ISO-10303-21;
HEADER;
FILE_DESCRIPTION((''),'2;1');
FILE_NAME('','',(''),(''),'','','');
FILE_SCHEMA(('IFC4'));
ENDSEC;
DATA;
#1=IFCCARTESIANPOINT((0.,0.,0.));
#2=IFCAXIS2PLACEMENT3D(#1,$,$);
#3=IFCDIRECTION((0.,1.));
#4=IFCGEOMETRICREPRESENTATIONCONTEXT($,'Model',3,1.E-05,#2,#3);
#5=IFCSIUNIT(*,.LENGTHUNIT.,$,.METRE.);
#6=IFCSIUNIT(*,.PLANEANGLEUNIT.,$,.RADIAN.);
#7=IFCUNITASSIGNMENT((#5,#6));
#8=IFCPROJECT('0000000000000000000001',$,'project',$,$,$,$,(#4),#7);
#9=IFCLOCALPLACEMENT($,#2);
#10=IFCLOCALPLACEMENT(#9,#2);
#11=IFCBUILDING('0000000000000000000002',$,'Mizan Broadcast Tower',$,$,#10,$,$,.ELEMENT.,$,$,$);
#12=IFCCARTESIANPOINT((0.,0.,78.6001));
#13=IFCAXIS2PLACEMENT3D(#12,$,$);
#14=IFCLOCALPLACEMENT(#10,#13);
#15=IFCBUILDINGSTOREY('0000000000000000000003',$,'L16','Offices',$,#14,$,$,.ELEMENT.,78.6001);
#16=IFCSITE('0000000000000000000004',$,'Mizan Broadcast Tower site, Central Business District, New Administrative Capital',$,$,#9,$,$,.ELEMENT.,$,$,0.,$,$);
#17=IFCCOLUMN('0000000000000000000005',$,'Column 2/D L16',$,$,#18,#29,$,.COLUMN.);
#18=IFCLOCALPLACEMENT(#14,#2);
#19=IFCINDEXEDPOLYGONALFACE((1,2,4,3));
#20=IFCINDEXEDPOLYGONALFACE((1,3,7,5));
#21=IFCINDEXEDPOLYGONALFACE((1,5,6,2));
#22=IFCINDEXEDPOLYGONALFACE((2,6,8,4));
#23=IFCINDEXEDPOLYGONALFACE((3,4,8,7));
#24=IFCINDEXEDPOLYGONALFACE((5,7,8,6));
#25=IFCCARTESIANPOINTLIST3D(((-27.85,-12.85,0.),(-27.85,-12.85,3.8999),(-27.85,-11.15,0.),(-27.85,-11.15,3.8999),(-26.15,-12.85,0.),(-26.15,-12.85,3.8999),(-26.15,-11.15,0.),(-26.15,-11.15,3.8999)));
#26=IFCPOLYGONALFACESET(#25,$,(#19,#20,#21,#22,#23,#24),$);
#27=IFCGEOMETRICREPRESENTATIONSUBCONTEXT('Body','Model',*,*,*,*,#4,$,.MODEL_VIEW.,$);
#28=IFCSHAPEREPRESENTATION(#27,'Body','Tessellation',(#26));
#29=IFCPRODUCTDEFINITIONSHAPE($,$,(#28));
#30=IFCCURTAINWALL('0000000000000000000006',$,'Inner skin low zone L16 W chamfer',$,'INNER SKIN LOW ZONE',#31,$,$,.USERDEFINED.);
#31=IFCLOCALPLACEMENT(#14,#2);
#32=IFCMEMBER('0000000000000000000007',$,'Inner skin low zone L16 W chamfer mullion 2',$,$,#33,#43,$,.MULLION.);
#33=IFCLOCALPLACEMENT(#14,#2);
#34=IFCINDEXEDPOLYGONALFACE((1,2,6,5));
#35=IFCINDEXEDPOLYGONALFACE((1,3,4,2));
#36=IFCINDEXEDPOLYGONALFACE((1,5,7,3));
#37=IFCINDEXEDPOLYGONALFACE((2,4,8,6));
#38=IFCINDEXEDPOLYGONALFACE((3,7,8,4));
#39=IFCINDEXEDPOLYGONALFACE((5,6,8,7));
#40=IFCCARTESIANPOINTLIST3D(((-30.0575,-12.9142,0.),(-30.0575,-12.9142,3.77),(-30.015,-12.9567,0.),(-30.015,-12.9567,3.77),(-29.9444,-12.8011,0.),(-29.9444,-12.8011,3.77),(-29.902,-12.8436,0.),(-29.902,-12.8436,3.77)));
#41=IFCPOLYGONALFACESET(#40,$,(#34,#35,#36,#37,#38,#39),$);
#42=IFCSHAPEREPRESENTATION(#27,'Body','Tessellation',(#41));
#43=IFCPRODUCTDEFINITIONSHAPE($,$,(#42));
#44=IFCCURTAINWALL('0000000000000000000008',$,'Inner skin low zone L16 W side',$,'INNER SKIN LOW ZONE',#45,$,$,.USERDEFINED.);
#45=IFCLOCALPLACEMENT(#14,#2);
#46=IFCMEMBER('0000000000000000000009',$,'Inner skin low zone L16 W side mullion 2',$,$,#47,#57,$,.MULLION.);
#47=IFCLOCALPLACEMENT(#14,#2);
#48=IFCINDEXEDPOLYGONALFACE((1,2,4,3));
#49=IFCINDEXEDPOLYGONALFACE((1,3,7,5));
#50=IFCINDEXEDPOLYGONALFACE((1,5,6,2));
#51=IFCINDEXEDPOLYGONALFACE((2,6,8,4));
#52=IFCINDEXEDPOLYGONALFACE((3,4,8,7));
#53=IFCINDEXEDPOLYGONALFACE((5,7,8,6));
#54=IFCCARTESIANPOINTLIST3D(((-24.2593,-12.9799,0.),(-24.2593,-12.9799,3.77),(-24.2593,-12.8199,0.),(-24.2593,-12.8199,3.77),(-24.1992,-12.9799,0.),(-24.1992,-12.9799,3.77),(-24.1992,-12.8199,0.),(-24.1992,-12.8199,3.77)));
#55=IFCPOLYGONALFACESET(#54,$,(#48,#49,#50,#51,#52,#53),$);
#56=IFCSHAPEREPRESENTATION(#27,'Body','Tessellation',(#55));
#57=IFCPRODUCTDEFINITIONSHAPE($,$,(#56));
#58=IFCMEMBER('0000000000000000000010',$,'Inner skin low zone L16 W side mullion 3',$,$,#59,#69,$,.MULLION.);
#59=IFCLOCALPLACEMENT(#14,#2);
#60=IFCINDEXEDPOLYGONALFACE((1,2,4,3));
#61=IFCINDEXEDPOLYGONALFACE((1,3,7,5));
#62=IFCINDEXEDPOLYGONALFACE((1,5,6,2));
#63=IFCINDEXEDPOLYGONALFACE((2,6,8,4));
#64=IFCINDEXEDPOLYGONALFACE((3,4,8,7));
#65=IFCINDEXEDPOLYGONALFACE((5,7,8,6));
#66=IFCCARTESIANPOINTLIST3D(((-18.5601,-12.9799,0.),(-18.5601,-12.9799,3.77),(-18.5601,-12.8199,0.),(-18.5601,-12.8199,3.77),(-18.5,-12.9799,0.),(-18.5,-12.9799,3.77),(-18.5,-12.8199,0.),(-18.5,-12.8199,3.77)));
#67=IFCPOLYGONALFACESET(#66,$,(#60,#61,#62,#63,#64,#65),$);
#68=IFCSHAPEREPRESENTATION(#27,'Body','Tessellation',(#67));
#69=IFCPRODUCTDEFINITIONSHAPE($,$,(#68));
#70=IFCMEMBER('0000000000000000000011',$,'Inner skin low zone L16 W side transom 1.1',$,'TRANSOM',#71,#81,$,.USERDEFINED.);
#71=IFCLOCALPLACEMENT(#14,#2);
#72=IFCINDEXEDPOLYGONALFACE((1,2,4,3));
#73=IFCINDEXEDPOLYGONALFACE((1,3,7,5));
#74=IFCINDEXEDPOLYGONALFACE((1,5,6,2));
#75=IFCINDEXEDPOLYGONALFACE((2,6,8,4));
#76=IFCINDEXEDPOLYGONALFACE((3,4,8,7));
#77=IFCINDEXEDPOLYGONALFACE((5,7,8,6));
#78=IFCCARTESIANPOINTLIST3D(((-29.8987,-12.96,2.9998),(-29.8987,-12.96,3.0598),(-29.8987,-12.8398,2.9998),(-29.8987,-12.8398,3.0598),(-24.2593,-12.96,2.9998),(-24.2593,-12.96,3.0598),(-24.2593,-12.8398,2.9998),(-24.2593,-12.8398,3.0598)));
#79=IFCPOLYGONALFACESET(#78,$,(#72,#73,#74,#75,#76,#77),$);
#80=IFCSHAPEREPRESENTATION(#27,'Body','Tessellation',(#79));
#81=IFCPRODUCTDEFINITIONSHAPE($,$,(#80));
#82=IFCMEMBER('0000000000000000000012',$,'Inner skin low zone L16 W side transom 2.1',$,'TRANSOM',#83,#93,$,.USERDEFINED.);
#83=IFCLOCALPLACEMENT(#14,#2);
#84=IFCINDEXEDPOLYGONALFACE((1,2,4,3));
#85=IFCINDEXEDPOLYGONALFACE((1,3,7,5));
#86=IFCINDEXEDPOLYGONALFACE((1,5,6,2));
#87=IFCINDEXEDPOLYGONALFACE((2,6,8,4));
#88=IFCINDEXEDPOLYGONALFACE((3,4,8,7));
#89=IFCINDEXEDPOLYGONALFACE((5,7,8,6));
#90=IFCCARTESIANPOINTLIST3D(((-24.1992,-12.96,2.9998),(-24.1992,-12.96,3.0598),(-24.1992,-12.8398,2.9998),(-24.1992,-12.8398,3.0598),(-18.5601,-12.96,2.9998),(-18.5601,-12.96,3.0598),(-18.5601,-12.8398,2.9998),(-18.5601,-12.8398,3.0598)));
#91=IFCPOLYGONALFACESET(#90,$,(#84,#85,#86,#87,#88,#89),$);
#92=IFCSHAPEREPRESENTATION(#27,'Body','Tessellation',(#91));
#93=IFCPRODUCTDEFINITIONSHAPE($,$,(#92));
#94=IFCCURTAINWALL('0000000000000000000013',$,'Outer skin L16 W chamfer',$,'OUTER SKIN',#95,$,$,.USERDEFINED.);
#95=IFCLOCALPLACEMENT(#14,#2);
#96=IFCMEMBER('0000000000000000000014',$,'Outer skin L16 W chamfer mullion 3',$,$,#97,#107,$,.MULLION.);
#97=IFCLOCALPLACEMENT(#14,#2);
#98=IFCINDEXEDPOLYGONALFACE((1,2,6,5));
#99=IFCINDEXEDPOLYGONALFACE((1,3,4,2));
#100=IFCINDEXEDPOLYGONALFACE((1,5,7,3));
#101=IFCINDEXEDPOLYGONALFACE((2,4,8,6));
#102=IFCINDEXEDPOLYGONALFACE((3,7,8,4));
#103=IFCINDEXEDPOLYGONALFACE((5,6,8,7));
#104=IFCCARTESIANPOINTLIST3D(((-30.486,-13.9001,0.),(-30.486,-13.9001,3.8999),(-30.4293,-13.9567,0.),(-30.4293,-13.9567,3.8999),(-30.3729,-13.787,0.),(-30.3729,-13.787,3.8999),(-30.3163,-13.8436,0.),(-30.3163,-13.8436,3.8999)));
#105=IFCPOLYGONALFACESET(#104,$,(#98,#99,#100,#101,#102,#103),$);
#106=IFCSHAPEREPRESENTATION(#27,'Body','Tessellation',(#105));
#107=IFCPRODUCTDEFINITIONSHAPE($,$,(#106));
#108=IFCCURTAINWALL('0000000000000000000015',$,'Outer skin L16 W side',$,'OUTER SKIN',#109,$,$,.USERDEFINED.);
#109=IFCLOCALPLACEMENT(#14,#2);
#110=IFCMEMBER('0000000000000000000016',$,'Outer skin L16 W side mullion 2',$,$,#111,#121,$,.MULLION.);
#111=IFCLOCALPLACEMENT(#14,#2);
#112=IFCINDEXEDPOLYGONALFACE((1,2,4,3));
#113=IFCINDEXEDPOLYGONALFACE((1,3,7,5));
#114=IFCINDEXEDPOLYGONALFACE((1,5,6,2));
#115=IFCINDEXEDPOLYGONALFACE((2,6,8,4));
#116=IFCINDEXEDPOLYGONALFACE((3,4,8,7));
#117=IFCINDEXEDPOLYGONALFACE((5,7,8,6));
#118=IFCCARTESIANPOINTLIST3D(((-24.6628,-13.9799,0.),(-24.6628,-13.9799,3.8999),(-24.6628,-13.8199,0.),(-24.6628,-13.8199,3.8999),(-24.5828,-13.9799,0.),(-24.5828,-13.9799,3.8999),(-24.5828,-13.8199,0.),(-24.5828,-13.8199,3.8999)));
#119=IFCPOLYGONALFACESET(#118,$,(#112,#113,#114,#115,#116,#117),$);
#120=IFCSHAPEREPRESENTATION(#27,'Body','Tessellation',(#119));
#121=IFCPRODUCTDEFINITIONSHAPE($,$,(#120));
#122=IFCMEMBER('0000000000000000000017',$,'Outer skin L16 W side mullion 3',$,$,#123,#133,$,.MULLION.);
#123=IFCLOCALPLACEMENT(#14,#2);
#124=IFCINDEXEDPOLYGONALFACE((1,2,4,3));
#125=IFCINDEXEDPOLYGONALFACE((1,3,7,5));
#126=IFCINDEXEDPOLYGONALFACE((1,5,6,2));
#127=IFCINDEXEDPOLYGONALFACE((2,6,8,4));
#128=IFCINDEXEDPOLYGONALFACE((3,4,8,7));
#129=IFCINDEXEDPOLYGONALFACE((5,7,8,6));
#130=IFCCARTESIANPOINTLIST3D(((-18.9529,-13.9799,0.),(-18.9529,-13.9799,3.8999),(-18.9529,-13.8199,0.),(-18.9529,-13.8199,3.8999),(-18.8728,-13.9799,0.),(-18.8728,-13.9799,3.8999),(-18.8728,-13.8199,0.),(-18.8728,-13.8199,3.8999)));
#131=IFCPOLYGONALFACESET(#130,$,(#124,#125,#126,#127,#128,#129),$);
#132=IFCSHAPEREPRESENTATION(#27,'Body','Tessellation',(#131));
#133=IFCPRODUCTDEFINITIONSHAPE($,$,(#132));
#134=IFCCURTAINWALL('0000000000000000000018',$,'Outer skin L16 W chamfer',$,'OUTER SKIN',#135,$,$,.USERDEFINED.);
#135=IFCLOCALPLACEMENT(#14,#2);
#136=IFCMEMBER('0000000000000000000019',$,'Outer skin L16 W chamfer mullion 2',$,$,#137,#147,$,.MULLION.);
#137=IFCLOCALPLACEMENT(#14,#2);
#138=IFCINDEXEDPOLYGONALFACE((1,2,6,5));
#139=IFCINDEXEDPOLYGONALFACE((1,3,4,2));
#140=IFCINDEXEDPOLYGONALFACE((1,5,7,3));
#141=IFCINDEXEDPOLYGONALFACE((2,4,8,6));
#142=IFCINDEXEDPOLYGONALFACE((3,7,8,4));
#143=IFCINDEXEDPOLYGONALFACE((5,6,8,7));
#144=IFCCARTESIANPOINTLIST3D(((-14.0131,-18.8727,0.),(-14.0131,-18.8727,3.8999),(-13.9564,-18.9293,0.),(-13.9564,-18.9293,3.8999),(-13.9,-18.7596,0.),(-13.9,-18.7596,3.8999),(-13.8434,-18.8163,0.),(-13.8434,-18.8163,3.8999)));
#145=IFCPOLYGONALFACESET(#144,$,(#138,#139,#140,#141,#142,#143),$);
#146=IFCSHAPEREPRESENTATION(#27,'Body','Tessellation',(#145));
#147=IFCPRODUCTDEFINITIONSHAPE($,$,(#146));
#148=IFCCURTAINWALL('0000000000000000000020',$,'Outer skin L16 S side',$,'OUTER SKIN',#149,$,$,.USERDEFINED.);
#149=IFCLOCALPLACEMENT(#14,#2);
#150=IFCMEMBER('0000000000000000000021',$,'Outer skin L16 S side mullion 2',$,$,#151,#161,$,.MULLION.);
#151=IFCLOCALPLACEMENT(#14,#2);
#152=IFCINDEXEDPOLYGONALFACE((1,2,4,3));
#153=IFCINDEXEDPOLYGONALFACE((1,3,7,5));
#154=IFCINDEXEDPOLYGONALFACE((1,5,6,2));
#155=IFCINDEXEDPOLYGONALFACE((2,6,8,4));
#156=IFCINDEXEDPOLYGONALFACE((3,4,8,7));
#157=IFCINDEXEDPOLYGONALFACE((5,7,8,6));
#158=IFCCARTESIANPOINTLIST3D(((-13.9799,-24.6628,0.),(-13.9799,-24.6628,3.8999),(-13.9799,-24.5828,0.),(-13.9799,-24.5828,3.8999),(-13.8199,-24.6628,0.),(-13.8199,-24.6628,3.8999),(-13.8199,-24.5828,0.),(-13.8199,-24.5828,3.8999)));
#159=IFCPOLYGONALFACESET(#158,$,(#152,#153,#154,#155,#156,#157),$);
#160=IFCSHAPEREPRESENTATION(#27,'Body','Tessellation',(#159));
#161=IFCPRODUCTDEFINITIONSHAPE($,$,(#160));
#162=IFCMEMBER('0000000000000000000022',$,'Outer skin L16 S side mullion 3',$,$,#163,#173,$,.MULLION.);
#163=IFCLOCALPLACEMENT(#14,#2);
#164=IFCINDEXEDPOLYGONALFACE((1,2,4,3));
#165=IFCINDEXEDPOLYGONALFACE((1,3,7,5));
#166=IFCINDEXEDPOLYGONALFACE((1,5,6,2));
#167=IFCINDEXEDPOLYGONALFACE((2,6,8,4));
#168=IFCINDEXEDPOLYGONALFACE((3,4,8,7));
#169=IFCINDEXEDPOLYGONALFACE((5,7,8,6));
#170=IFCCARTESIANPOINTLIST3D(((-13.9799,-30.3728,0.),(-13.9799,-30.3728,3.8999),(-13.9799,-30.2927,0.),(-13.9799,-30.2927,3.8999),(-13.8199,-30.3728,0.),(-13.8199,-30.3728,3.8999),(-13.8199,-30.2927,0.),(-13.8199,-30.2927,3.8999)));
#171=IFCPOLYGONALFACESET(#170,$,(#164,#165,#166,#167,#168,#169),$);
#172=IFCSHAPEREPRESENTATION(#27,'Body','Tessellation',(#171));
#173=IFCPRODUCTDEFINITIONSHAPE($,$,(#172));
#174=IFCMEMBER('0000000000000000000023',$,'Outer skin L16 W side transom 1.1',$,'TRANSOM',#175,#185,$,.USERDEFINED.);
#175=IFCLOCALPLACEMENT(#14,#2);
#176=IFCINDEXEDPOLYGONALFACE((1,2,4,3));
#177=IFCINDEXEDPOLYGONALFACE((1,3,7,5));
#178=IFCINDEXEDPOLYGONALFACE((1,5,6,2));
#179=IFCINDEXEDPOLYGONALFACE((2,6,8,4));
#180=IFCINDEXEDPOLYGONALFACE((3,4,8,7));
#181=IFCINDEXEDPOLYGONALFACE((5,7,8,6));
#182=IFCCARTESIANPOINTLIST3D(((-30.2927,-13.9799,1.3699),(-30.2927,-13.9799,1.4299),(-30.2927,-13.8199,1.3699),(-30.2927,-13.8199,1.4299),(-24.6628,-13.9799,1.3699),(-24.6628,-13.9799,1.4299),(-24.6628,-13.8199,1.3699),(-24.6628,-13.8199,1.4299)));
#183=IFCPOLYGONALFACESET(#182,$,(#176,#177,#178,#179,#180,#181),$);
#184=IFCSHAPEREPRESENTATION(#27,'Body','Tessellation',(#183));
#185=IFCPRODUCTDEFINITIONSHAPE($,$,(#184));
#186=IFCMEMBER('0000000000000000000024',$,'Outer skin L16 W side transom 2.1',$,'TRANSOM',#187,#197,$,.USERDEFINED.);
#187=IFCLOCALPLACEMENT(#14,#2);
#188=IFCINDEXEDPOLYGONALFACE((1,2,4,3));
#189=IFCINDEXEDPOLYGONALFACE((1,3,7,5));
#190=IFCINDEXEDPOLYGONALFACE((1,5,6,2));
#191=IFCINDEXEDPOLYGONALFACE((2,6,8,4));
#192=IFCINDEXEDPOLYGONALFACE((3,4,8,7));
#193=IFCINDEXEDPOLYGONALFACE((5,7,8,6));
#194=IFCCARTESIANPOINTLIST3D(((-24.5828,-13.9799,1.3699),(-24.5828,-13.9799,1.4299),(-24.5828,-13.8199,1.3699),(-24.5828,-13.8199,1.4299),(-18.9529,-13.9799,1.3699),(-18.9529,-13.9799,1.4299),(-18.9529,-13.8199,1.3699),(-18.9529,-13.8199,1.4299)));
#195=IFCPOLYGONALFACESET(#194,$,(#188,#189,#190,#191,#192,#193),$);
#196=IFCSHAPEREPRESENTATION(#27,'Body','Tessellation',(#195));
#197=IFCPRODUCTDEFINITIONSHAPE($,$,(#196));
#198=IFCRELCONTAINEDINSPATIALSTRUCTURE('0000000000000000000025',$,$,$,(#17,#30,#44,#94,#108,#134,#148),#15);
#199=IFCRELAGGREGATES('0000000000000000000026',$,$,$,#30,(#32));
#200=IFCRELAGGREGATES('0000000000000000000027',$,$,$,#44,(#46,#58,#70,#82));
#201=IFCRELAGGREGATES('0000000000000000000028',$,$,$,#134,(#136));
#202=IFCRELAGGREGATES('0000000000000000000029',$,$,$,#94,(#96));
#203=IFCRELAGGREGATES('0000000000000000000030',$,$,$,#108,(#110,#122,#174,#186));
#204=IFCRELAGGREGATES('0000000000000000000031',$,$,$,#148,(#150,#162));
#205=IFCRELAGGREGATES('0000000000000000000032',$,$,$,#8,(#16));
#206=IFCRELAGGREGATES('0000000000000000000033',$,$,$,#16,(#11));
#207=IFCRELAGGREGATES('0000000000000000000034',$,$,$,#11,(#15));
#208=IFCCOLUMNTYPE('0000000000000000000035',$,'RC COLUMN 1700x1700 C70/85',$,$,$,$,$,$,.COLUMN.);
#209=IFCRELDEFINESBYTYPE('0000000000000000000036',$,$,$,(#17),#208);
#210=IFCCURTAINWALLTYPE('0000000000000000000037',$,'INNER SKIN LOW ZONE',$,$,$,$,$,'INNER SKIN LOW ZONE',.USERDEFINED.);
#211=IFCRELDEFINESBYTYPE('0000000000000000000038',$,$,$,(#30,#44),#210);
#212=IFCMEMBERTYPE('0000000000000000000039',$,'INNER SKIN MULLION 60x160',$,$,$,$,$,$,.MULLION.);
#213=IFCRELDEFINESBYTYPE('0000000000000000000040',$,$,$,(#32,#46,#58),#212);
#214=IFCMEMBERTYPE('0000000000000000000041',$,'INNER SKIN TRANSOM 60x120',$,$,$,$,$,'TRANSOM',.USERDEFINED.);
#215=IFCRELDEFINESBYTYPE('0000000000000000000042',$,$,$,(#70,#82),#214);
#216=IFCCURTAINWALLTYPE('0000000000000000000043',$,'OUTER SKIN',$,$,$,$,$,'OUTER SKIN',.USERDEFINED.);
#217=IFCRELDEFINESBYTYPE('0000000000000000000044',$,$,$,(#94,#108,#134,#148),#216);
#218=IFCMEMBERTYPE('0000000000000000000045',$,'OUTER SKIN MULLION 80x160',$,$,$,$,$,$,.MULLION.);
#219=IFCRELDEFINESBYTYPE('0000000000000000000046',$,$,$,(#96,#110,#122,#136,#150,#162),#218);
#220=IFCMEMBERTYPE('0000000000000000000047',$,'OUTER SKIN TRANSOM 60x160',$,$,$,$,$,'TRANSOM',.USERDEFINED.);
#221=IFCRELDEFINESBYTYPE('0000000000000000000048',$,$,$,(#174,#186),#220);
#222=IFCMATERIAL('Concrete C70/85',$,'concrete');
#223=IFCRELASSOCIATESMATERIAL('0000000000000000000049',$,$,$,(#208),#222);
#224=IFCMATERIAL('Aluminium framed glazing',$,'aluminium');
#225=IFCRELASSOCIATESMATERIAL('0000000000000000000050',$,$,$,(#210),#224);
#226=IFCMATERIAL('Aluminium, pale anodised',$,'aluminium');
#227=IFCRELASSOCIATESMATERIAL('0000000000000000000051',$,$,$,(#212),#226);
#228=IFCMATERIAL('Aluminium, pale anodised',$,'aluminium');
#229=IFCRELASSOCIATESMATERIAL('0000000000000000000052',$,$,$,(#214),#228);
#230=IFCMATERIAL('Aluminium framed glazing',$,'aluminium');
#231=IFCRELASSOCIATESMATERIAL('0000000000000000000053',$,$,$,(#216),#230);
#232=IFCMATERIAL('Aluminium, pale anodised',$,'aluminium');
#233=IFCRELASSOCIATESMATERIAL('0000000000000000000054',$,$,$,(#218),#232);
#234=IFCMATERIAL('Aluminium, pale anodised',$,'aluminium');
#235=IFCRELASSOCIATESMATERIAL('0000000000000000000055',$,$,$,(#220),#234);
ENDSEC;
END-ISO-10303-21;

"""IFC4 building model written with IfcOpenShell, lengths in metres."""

from ifc_helpers import new_model, si_unit, direction, frame, origin, origin_2d, place, context, subcontext, project, spatial, rectangle, extrude, material, material_profile, profile_set, type_object, element, aggregate, save


model = new_model("IFC4")

# Units and contexts
model_context = context("Model", 3, precision=1e-05, world=origin(), true_north=direction((0.0, 1.0)))
body_context = subcontext(model_context, "Body", "Model", "MODEL_VIEW")
ifc_project = project(units=[si_unit("LENGTHUNIT", "METRE"), si_unit("PLANEANGLEUNIT", "RADIAN")], contexts=[model_context])

# Site, building, storey
site_placement = place(None, origin())
site = spatial("IfcSite", under=ifc_project, at=site_placement, Name="Mizan Broadcast Tower site, Central Business District, New Administrative Capital", CompositionType="ELEMENT", RefElevation=0.0)
building_placement = place(site_placement, origin())
building = spatial("IfcBuilding", under=site, at=building_placement, Name="Mizan Broadcast Tower", CompositionType="ELEMENT")
storey_placement = place(building_placement, frame((0.0, 0.0, 78.6001)))
storey = spatial("IfcBuildingStorey", under=building, at=storey_placement, Name="L16", Description="Offices", CompositionType="ELEMENT", Elevation=78.6001)

# Column
ifc_material_1 = material(Name="Concrete C70/85", Category="concrete")
ifc_material_profile_1 = material_profile(ifc_material_1, rectangle(XDim=1.7, YDim=1.7, at=origin_2d()), Name="RC 1700x1700")
ifc_profile_set_1 = profile_set([ifc_material_profile_1], Name="Concrete C70/85")
column_type = type_object("IfcColumnType", Name="RC COLUMN 1700x1700 C70/85", PredefinedType="COLUMN", material=ifc_profile_set_1)
column_placement = place(storey_placement, frame((-27.0, -12.0, 0.0), z_axis=(0.0, 0.0, 1.0), x_axis=(1.0, 0.0, 0.0)))
element("IfcColumn", 1, at=column_placement, inside=storey, type_object=column_type, Name="Column 2/D L16", PredefinedType="COLUMN", context=body_context, shape_type="SweptSolid", body=[
    extrude(rectangle(XDim=1.7, YDim=1.7, at=origin_2d()), origin(), (0.0, 0.0, 1.0), 3.8999),
])

# Curtain wall, member
ifc_material_2 = material(Name="Aluminium framed glazing", Category="aluminium")
curtain_wall_type_1 = type_object("IfcCurtainWallType", Name="INNER SKIN LOW ZONE", ElementType="INNER SKIN LOW ZONE", PredefinedType="USERDEFINED", material=ifc_material_2)
curtain_wall_1_placement = place(storey_placement, origin())
curtain_wall_1 = element("IfcCurtainWall", 2, at=curtain_wall_1_placement, inside=storey, type_object=curtain_wall_type_1, Name="Inner skin low zone L16 W chamfer", ObjectType="INNER SKIN LOW ZONE", PredefinedType="USERDEFINED")
ifc_material_3 = material(Name="Aluminium, pale anodised", Category="aluminium")
ifc_material_profile_2 = material_profile(ifc_material_3, rectangle(XDim=0.1599, YDim=0.0601, at=origin_2d()), Name="MULLION 160x60")
ifc_profile_set_2 = profile_set([ifc_material_profile_2], Name="Aluminium, pale anodised")
member_type_1 = type_object("IfcMemberType", Name="INNER SKIN MULLION 60x160", PredefinedType="MULLION", material=ifc_profile_set_2)
member_1_placement = place(storey_placement, frame((-29.9797, -12.8789, 0.0), z_axis=(0.0, 0.0, 1.0), x_axis=(0.707107, 0.707107, 0.0)))
member_1 = element("IfcMember", 3, at=member_1_placement, type_object=member_type_1, Name="Inner skin low zone L16 W chamfer mullion 2", PredefinedType="MULLION", context=body_context, shape_type="SweptSolid", body=[
    extrude(rectangle(XDim=0.1599, YDim=0.0601, at=origin_2d()), origin(), (0.0, 0.0, 1.0), 3.77),
])
aggregate(curtain_wall_1, [member_1])

# Curtain wall, members
curtain_wall_2_placement = place(storey_placement, origin())
curtain_wall_2 = element("IfcCurtainWall", 4, at=curtain_wall_2_placement, inside=storey, type_object=curtain_wall_type_1, Name="Inner skin low zone L16 W side", ObjectType="INNER SKIN LOW ZONE", PredefinedType="USERDEFINED")
member_2_placement = place(storey_placement, frame((-24.2292, -12.8999, 0.0), z_axis=(0.0, 0.0, 1.0), x_axis=(0.0, 1.0, 0.0)))
member_2 = element("IfcMember", 5, at=member_2_placement, type_object=member_type_1, Name="Inner skin low zone L16 W side mullion 2", PredefinedType="MULLION", context=body_context, shape_type="SweptSolid", body=[
    extrude(rectangle(XDim=0.1599, YDim=0.0601, at=origin_2d()), origin(), (0.0, 0.0, 1.0), 3.77),
])
member_3_placement = place(storey_placement, frame((-18.53, -12.8999, 0.0), z_axis=(0.0, 0.0, 1.0), x_axis=(0.0, 1.0, 0.0)))
member_3 = element("IfcMember", 6, at=member_3_placement, type_object=member_type_1, Name="Inner skin low zone L16 W side mullion 3", PredefinedType="MULLION", context=body_context, shape_type="SweptSolid", body=[
    extrude(rectangle(XDim=0.1599, YDim=0.0601, at=origin_2d()), origin(), (0.0, 0.0, 1.0), 3.77),
])
ifc_material_4 = material(Name="Aluminium, pale anodised", Category="aluminium")
ifc_material_profile_3 = material_profile(ifc_material_4, rectangle(XDim=0.1201, YDim=0.0601, at=origin_2d()), Name="TRANSOM 120x60")
ifc_profile_set_3 = profile_set([ifc_material_profile_3], Name="Aluminium, pale anodised")
member_type_2 = type_object("IfcMemberType", Name="INNER SKIN TRANSOM 60x120", ElementType="TRANSOM", PredefinedType="USERDEFINED", material=ifc_profile_set_3)
member_4_placement = place(storey_placement, frame((-29.8987, -12.8999, 3.0298), z_axis=(1.0, 0.0, 0.0), x_axis=(0.0, 1.0, 0.0)))
member_4 = element("IfcMember", 7, at=member_4_placement, type_object=member_type_2, Name="Inner skin low zone L16 W side transom 1.1", ObjectType="TRANSOM", PredefinedType="USERDEFINED", context=body_context, shape_type="SweptSolid", body=[
    extrude(rectangle(XDim=0.1201, YDim=0.0601, at=origin_2d()), origin(), (0.0, 0.0, 1.0), 5.6394),
])
member_5_placement = place(storey_placement, frame((-24.1992, -12.8999, 3.0298), z_axis=(1.0, 0.0, 0.0), x_axis=(0.0, 1.0, 0.0)))
member_5 = element("IfcMember", 8, at=member_5_placement, type_object=member_type_2, Name="Inner skin low zone L16 W side transom 2.1", ObjectType="TRANSOM", PredefinedType="USERDEFINED", context=body_context, shape_type="SweptSolid", body=[
    extrude(rectangle(XDim=0.1201, YDim=0.0601, at=origin_2d()), origin(), (0.0, 0.0, 1.0), 5.6392),
])

# Curtain wall, member
ifc_material_5 = material(Name="Aluminium framed glazing", Category="aluminium")
curtain_wall_type_2 = type_object("IfcCurtainWallType", Name="OUTER SKIN", ElementType="OUTER SKIN", PredefinedType="USERDEFINED", material=ifc_material_5)
curtain_wall_3_placement = place(storey_placement, origin())
curtain_wall_3 = element("IfcCurtainWall", 9, at=curtain_wall_3_placement, inside=storey, type_object=curtain_wall_type_2, Name="Outer skin L16 W chamfer", ObjectType="OUTER SKIN", PredefinedType="USERDEFINED")
ifc_material_6 = material(Name="Aluminium, pale anodised", Category="aluminium")
ifc_material_profile_4 = material_profile(ifc_material_6, rectangle(XDim=0.1599, YDim=0.0801, at=origin_2d()), Name="MULLION 160x80")
ifc_profile_set_4 = profile_set([ifc_material_profile_4], Name="Aluminium, pale anodised")
member_type_3 = type_object("IfcMemberType", Name="OUTER SKIN MULLION 80x160", PredefinedType="MULLION", material=ifc_profile_set_4)
member_6_placement = place(storey_placement, frame((-30.4011, -13.8718, 0.0), z_axis=(0.0, 0.0, 1.0), x_axis=(0.707107, 0.707107, 0.0)))
member_6 = element("IfcMember", 10, at=member_6_placement, type_object=member_type_3, Name="Outer skin L16 W chamfer mullion 3", PredefinedType="MULLION", context=body_context, shape_type="SweptSolid", body=[
    extrude(rectangle(XDim=0.1599, YDim=0.0801, at=origin_2d()), origin(), (0.0, 0.0, 1.0), 3.8999),
])

# Curtain wall, members
curtain_wall_4_placement = place(storey_placement, origin())
curtain_wall_4 = element("IfcCurtainWall", 11, at=curtain_wall_4_placement, inside=storey, type_object=curtain_wall_type_2, Name="Outer skin L16 W side", ObjectType="OUTER SKIN", PredefinedType="USERDEFINED")
member_7_placement = place(storey_placement, frame((-24.6228, -13.8999, 0.0), z_axis=(0.0, 0.0, 1.0), x_axis=(0.0, 1.0, 0.0)))
member_7 = element("IfcMember", 12, at=member_7_placement, type_object=member_type_3, Name="Outer skin L16 W side mullion 2", PredefinedType="MULLION", context=body_context, shape_type="SweptSolid", body=[
    extrude(rectangle(XDim=0.1599, YDim=0.0801, at=origin_2d()), origin(), (0.0, 0.0, 1.0), 3.8999),
])
member_8_placement = place(storey_placement, frame((-18.9128, -13.8999, 0.0), z_axis=(0.0, 0.0, 1.0), x_axis=(0.0, 1.0, 0.0)))
member_8 = element("IfcMember", 13, at=member_8_placement, type_object=member_type_3, Name="Outer skin L16 W side mullion 3", PredefinedType="MULLION", context=body_context, shape_type="SweptSolid", body=[
    extrude(rectangle(XDim=0.1599, YDim=0.0801, at=origin_2d()), origin(), (0.0, 0.0, 1.0), 3.8999),
])

# Curtain wall, member
curtain_wall_5_placement = place(storey_placement, origin())
curtain_wall_5 = element("IfcCurtainWall", 14, at=curtain_wall_5_placement, inside=storey, type_object=curtain_wall_type_2, Name="Outer skin L16 W chamfer", ObjectType="OUTER SKIN", PredefinedType="USERDEFINED")
member_9_placement = place(storey_placement, frame((-13.9282, -18.8445, 0.0), z_axis=(0.0, 0.0, 1.0), x_axis=(0.707107, 0.707107, 0.0)))
member_9 = element("IfcMember", 15, at=member_9_placement, type_object=member_type_3, Name="Outer skin L16 W chamfer mullion 2", PredefinedType="MULLION", context=body_context, shape_type="SweptSolid", body=[
    extrude(rectangle(XDim=0.1599, YDim=0.0801, at=origin_2d()), origin(), (0.0, 0.0, 1.0), 3.8999),
])

# Curtain wall, members
curtain_wall_6_placement = place(storey_placement, origin())
curtain_wall_6 = element("IfcCurtainWall", 16, at=curtain_wall_6_placement, inside=storey, type_object=curtain_wall_type_2, Name="Outer skin L16 S side", ObjectType="OUTER SKIN", PredefinedType="USERDEFINED")
member_10_placement = place(storey_placement, frame((-13.8999, -24.6228, 0.0), z_axis=(0.0, 0.0, 1.0), x_axis=(1.0, 0.0, 0.0)))
member_10 = element("IfcMember", 17, at=member_10_placement, type_object=member_type_3, Name="Outer skin L16 S side mullion 2", PredefinedType="MULLION", context=body_context, shape_type="SweptSolid", body=[
    extrude(rectangle(XDim=0.1599, YDim=0.0801, at=origin_2d()), origin(), (0.0, 0.0, 1.0), 3.8999),
])
member_11_placement = place(storey_placement, frame((-13.8999, -30.3328, 0.0), z_axis=(0.0, 0.0, 1.0), x_axis=(1.0, 0.0, 0.0)))
member_11 = element("IfcMember", 18, at=member_11_placement, type_object=member_type_3, Name="Outer skin L16 S side mullion 3", PredefinedType="MULLION", context=body_context, shape_type="SweptSolid", body=[
    extrude(rectangle(XDim=0.1599, YDim=0.0801, at=origin_2d()), origin(), (0.0, 0.0, 1.0), 3.8999),
])

# Members
ifc_material_7 = material(Name="Aluminium, pale anodised", Category="aluminium")
ifc_material_profile_5 = material_profile(ifc_material_7, rectangle(XDim=0.1599, YDim=0.0601, at=origin_2d()), Name="TRANSOM 160x60")
ifc_profile_set_5 = profile_set([ifc_material_profile_5], Name="Aluminium, pale anodised")
member_type_4 = type_object("IfcMemberType", Name="OUTER SKIN TRANSOM 60x160", ElementType="TRANSOM", PredefinedType="USERDEFINED", material=ifc_profile_set_5)
member_12_placement = place(storey_placement, frame((-30.2927, -13.8999, 1.3999), z_axis=(1.0, 0.0, 0.0), x_axis=(0.0, 1.0, 0.0)))
member_12 = element("IfcMember", 19, at=member_12_placement, type_object=member_type_4, Name="Outer skin L16 W side transom 1.1", ObjectType="TRANSOM", PredefinedType="USERDEFINED", context=body_context, shape_type="SweptSolid", body=[
    extrude(rectangle(XDim=0.1599, YDim=0.0601, at=origin_2d()), origin(), (0.0, 0.0, 1.0), 5.6299),
])
member_13_placement = place(storey_placement, frame((-24.5828, -13.8999, 1.3999), z_axis=(1.0, 0.0, 0.0), x_axis=(0.0, 1.0, 0.0)))
member_13 = element("IfcMember", 20, at=member_13_placement, type_object=member_type_4, Name="Outer skin L16 W side transom 2.1", ObjectType="TRANSOM", PredefinedType="USERDEFINED", context=body_context, shape_type="SweptSolid", body=[
    extrude(rectangle(XDim=0.1599, YDim=0.0601, at=origin_2d()), origin(), (0.0, 0.0, 1.0), 5.6299),
])

aggregate(curtain_wall_2, [member_2, member_3, member_4, member_5])
aggregate(curtain_wall_5, [member_9])
aggregate(curtain_wall_3, [member_6])
aggregate(curtain_wall_4, [member_7, member_8, member_12, member_13])
aggregate(curtain_wall_6, [member_10, member_11])

save(model, "model.ifc")
